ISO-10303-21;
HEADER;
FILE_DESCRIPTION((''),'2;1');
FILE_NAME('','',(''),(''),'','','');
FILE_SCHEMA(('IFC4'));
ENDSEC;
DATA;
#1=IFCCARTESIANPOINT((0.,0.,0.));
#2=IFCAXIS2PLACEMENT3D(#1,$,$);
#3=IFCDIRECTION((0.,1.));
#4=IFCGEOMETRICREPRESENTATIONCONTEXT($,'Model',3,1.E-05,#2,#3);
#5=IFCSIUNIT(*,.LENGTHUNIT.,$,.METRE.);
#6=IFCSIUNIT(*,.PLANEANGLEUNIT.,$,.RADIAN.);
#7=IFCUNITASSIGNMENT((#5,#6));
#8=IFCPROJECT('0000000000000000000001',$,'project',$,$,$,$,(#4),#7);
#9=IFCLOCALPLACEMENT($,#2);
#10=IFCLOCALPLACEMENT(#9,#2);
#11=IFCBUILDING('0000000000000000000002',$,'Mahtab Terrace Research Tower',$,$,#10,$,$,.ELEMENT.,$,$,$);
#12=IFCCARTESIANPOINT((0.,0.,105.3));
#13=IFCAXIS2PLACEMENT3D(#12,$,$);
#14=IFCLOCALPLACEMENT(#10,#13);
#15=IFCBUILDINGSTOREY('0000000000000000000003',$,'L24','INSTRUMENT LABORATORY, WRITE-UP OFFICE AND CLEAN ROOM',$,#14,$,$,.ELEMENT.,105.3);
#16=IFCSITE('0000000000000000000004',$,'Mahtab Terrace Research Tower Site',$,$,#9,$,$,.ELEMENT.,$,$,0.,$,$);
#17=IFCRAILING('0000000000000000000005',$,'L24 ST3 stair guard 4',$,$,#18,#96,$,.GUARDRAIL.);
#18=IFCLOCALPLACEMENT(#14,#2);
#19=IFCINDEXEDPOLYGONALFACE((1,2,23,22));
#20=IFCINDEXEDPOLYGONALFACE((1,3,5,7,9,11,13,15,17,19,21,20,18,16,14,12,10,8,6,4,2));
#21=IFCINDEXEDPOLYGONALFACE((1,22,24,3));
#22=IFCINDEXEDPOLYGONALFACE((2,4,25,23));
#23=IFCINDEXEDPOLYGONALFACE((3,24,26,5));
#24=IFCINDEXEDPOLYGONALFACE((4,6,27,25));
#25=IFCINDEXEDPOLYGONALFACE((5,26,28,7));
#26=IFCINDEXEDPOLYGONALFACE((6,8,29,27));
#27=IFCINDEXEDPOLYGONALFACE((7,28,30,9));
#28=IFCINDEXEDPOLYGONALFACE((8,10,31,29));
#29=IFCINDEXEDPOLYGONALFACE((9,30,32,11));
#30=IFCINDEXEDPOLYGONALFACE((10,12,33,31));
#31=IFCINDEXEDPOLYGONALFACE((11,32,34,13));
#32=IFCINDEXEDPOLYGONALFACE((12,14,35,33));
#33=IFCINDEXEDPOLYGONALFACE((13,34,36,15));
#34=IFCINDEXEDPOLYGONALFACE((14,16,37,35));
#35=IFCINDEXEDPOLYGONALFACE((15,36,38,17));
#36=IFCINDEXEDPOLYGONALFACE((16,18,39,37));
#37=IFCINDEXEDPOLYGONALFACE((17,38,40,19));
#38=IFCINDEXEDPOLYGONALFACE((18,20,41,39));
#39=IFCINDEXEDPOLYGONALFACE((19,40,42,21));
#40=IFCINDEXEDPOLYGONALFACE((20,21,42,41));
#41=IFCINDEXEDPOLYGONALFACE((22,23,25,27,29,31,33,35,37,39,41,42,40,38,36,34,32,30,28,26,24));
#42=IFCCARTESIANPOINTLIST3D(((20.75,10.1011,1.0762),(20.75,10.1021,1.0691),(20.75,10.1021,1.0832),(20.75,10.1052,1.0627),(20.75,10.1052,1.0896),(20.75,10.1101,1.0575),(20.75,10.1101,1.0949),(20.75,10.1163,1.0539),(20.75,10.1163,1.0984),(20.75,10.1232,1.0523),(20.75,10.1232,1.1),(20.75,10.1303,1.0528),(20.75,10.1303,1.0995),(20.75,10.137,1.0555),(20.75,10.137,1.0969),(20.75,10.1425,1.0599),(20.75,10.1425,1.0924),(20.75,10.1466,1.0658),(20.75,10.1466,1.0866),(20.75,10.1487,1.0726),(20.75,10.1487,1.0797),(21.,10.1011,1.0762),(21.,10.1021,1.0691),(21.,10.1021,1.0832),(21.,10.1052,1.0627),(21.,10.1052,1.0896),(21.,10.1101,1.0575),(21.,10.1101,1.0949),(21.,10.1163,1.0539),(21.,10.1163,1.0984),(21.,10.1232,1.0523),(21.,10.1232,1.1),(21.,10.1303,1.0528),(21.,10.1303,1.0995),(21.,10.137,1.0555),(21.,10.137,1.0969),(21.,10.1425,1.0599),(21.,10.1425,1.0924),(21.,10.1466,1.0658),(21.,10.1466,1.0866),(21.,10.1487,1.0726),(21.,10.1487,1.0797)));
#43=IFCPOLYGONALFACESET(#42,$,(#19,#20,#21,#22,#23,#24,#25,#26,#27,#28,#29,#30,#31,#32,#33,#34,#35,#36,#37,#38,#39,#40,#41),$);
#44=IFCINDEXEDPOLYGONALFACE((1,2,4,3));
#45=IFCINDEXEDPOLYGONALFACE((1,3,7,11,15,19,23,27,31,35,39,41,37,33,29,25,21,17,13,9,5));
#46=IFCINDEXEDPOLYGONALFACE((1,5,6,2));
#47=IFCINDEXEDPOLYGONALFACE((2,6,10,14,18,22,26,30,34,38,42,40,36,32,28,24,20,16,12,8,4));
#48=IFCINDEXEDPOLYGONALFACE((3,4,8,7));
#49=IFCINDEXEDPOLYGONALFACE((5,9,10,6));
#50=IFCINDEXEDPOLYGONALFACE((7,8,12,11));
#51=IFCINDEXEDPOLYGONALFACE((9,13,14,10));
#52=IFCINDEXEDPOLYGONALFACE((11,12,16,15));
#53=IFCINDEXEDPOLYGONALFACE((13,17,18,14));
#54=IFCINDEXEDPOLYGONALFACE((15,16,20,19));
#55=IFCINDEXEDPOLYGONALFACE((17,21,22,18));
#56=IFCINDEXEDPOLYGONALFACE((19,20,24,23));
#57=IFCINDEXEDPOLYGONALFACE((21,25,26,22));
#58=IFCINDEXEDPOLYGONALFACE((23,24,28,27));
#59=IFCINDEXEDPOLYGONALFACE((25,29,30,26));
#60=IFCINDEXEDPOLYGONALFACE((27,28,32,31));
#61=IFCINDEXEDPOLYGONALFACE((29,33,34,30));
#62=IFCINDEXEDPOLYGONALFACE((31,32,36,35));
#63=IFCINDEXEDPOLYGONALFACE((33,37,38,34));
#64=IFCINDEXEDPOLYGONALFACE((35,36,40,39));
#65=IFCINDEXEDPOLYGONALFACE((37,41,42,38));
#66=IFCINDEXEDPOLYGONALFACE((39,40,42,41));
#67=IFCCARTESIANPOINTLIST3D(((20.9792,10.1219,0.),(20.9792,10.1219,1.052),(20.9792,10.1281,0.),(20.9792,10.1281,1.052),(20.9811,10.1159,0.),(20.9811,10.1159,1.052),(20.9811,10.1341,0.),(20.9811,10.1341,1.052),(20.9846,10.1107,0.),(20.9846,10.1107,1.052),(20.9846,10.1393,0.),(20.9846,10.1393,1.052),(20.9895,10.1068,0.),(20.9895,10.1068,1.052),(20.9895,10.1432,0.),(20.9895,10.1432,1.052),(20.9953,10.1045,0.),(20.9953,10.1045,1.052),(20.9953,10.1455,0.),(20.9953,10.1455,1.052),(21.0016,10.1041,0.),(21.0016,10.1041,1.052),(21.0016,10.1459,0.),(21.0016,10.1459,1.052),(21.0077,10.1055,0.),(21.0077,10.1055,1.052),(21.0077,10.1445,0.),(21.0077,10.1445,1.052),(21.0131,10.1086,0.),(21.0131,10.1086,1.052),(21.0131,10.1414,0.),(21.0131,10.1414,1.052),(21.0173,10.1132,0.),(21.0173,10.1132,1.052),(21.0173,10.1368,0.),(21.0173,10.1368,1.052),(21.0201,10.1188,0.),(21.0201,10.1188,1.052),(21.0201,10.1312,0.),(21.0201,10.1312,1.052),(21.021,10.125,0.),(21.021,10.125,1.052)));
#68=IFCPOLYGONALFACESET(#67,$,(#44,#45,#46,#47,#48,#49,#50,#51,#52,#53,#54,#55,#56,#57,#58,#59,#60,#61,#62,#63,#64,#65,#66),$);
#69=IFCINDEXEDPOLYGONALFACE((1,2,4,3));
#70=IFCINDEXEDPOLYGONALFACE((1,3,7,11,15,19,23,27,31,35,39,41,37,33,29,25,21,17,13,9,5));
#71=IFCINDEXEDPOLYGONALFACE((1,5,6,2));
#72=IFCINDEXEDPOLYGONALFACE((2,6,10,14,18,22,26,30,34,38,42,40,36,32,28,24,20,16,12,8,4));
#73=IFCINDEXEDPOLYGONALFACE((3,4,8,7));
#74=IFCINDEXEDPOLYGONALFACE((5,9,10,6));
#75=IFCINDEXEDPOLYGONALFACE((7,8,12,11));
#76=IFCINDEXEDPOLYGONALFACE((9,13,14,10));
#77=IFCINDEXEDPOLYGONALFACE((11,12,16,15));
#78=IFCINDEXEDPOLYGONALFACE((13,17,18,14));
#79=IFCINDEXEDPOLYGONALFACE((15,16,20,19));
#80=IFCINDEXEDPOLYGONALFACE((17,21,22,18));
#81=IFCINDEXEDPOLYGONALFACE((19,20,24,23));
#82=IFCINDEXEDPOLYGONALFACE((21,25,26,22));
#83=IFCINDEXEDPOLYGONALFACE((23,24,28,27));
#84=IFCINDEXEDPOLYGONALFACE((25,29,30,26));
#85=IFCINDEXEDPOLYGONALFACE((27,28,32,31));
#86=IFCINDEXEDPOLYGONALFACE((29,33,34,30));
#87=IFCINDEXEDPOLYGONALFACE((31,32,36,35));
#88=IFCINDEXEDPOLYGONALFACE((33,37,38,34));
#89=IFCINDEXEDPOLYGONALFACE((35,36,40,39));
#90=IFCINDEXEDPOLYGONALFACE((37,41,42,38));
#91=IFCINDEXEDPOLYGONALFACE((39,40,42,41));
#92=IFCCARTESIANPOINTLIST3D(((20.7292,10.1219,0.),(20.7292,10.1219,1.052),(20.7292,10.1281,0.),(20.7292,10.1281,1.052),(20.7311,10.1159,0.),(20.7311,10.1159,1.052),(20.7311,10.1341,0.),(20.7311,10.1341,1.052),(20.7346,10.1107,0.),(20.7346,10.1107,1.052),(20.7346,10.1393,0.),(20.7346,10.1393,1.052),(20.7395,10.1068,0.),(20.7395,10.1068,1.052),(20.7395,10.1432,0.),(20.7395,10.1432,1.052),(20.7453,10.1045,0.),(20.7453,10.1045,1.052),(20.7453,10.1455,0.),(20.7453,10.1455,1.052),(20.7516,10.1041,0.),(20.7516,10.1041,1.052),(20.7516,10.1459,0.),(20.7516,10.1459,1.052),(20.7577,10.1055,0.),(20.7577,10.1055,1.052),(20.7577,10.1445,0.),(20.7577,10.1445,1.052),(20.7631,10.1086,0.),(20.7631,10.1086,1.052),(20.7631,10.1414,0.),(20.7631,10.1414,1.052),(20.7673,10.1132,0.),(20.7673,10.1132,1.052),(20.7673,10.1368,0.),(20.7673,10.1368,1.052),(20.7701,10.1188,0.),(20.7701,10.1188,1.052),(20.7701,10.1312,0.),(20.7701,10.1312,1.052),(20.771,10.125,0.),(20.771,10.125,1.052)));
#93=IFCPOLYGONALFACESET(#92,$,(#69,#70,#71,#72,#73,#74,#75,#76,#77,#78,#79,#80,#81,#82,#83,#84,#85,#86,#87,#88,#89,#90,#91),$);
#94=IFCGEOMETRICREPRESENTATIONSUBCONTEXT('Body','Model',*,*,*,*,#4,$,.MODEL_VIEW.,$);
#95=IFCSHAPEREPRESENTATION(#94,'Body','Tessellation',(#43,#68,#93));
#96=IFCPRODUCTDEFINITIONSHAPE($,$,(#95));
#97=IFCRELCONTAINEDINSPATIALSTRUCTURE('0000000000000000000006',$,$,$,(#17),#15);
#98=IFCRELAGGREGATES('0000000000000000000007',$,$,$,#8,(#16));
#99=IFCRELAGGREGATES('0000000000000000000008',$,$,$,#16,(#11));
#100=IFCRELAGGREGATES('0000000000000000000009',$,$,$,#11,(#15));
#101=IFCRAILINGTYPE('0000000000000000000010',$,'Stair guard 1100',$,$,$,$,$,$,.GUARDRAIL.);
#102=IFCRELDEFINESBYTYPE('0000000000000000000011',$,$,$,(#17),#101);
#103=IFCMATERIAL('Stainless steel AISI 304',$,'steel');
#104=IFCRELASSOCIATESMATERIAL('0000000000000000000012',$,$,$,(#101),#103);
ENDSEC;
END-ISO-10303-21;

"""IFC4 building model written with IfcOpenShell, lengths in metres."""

from ifc_helpers import new_model, si_unit, direction, frame, origin, origin_2d, place, context, subcontext, project, spatial, circle, extrude, material, type_object, element, save


model = new_model("IFC4")

# Units and contexts
model_context = context("Model", 3, precision=1e-05, world=origin(), true_north=direction((0.0, 1.0)))
body_context = subcontext(model_context, "Body", "Model", "MODEL_VIEW")
ifc_project = project(units=[si_unit("LENGTHUNIT", "METRE"), si_unit("PLANEANGLEUNIT", "RADIAN")], contexts=[model_context])

# Site, building, storey
site_placement = place(None, origin())
site = spatial("IfcSite", under=ifc_project, at=site_placement, Name="Mahtab Terrace Research Tower Site", CompositionType="ELEMENT", RefElevation=0.0)
building_placement = place(site_placement, origin())
building = spatial("IfcBuilding", under=site, at=building_placement, Name="Mahtab Terrace Research Tower", CompositionType="ELEMENT")
storey_placement = place(building_placement, frame((0.0, 0.0, 105.3)))
storey = spatial("IfcBuildingStorey", under=building, at=storey_placement, Name="L24", Description="INSTRUMENT LABORATORY, WRITE-UP OFFICE AND CLEAN ROOM", CompositionType="ELEMENT", Elevation=105.3)

# Shared definitions
ifc_material_1 = material(Name="Stainless steel AISI 304", Category="steel")

# Railing
railing_type_1 = type_object("IfcRailingType", Name="Stair guard 1100", PredefinedType="GUARDRAIL", material=ifc_material_1)
railing_1_placement = place(storey_placement, frame((21.0, 10.125, 0.0)))
element("IfcRailing", 1, at=railing_1_placement, inside=storey, type_object=railing_type_1, Name="L24 ST3 stair guard 4", PredefinedType="GUARDRAIL", context=body_context, shape_type="SweptSolid", body=[
    extrude(circle(Radius=0.0239, at=origin_2d()), frame((0.0, 0.0, 1.0762), z_axis=(-1.0, 0.0, 0.0), x_axis=(0.0, -1.0, 0.0)), (0.0, 0.0, 1.0), 0.25),
    extrude(circle(Radius=0.021, at=origin_2d()), origin(), (0.0, 0.0, 1.0), 1.052),
    extrude(circle(Radius=0.021, at=origin_2d()), frame((-0.25, 0.0, 0.0)), (0.0, 0.0, 1.0), 1.052),
])

save(model, "model.ifc")
